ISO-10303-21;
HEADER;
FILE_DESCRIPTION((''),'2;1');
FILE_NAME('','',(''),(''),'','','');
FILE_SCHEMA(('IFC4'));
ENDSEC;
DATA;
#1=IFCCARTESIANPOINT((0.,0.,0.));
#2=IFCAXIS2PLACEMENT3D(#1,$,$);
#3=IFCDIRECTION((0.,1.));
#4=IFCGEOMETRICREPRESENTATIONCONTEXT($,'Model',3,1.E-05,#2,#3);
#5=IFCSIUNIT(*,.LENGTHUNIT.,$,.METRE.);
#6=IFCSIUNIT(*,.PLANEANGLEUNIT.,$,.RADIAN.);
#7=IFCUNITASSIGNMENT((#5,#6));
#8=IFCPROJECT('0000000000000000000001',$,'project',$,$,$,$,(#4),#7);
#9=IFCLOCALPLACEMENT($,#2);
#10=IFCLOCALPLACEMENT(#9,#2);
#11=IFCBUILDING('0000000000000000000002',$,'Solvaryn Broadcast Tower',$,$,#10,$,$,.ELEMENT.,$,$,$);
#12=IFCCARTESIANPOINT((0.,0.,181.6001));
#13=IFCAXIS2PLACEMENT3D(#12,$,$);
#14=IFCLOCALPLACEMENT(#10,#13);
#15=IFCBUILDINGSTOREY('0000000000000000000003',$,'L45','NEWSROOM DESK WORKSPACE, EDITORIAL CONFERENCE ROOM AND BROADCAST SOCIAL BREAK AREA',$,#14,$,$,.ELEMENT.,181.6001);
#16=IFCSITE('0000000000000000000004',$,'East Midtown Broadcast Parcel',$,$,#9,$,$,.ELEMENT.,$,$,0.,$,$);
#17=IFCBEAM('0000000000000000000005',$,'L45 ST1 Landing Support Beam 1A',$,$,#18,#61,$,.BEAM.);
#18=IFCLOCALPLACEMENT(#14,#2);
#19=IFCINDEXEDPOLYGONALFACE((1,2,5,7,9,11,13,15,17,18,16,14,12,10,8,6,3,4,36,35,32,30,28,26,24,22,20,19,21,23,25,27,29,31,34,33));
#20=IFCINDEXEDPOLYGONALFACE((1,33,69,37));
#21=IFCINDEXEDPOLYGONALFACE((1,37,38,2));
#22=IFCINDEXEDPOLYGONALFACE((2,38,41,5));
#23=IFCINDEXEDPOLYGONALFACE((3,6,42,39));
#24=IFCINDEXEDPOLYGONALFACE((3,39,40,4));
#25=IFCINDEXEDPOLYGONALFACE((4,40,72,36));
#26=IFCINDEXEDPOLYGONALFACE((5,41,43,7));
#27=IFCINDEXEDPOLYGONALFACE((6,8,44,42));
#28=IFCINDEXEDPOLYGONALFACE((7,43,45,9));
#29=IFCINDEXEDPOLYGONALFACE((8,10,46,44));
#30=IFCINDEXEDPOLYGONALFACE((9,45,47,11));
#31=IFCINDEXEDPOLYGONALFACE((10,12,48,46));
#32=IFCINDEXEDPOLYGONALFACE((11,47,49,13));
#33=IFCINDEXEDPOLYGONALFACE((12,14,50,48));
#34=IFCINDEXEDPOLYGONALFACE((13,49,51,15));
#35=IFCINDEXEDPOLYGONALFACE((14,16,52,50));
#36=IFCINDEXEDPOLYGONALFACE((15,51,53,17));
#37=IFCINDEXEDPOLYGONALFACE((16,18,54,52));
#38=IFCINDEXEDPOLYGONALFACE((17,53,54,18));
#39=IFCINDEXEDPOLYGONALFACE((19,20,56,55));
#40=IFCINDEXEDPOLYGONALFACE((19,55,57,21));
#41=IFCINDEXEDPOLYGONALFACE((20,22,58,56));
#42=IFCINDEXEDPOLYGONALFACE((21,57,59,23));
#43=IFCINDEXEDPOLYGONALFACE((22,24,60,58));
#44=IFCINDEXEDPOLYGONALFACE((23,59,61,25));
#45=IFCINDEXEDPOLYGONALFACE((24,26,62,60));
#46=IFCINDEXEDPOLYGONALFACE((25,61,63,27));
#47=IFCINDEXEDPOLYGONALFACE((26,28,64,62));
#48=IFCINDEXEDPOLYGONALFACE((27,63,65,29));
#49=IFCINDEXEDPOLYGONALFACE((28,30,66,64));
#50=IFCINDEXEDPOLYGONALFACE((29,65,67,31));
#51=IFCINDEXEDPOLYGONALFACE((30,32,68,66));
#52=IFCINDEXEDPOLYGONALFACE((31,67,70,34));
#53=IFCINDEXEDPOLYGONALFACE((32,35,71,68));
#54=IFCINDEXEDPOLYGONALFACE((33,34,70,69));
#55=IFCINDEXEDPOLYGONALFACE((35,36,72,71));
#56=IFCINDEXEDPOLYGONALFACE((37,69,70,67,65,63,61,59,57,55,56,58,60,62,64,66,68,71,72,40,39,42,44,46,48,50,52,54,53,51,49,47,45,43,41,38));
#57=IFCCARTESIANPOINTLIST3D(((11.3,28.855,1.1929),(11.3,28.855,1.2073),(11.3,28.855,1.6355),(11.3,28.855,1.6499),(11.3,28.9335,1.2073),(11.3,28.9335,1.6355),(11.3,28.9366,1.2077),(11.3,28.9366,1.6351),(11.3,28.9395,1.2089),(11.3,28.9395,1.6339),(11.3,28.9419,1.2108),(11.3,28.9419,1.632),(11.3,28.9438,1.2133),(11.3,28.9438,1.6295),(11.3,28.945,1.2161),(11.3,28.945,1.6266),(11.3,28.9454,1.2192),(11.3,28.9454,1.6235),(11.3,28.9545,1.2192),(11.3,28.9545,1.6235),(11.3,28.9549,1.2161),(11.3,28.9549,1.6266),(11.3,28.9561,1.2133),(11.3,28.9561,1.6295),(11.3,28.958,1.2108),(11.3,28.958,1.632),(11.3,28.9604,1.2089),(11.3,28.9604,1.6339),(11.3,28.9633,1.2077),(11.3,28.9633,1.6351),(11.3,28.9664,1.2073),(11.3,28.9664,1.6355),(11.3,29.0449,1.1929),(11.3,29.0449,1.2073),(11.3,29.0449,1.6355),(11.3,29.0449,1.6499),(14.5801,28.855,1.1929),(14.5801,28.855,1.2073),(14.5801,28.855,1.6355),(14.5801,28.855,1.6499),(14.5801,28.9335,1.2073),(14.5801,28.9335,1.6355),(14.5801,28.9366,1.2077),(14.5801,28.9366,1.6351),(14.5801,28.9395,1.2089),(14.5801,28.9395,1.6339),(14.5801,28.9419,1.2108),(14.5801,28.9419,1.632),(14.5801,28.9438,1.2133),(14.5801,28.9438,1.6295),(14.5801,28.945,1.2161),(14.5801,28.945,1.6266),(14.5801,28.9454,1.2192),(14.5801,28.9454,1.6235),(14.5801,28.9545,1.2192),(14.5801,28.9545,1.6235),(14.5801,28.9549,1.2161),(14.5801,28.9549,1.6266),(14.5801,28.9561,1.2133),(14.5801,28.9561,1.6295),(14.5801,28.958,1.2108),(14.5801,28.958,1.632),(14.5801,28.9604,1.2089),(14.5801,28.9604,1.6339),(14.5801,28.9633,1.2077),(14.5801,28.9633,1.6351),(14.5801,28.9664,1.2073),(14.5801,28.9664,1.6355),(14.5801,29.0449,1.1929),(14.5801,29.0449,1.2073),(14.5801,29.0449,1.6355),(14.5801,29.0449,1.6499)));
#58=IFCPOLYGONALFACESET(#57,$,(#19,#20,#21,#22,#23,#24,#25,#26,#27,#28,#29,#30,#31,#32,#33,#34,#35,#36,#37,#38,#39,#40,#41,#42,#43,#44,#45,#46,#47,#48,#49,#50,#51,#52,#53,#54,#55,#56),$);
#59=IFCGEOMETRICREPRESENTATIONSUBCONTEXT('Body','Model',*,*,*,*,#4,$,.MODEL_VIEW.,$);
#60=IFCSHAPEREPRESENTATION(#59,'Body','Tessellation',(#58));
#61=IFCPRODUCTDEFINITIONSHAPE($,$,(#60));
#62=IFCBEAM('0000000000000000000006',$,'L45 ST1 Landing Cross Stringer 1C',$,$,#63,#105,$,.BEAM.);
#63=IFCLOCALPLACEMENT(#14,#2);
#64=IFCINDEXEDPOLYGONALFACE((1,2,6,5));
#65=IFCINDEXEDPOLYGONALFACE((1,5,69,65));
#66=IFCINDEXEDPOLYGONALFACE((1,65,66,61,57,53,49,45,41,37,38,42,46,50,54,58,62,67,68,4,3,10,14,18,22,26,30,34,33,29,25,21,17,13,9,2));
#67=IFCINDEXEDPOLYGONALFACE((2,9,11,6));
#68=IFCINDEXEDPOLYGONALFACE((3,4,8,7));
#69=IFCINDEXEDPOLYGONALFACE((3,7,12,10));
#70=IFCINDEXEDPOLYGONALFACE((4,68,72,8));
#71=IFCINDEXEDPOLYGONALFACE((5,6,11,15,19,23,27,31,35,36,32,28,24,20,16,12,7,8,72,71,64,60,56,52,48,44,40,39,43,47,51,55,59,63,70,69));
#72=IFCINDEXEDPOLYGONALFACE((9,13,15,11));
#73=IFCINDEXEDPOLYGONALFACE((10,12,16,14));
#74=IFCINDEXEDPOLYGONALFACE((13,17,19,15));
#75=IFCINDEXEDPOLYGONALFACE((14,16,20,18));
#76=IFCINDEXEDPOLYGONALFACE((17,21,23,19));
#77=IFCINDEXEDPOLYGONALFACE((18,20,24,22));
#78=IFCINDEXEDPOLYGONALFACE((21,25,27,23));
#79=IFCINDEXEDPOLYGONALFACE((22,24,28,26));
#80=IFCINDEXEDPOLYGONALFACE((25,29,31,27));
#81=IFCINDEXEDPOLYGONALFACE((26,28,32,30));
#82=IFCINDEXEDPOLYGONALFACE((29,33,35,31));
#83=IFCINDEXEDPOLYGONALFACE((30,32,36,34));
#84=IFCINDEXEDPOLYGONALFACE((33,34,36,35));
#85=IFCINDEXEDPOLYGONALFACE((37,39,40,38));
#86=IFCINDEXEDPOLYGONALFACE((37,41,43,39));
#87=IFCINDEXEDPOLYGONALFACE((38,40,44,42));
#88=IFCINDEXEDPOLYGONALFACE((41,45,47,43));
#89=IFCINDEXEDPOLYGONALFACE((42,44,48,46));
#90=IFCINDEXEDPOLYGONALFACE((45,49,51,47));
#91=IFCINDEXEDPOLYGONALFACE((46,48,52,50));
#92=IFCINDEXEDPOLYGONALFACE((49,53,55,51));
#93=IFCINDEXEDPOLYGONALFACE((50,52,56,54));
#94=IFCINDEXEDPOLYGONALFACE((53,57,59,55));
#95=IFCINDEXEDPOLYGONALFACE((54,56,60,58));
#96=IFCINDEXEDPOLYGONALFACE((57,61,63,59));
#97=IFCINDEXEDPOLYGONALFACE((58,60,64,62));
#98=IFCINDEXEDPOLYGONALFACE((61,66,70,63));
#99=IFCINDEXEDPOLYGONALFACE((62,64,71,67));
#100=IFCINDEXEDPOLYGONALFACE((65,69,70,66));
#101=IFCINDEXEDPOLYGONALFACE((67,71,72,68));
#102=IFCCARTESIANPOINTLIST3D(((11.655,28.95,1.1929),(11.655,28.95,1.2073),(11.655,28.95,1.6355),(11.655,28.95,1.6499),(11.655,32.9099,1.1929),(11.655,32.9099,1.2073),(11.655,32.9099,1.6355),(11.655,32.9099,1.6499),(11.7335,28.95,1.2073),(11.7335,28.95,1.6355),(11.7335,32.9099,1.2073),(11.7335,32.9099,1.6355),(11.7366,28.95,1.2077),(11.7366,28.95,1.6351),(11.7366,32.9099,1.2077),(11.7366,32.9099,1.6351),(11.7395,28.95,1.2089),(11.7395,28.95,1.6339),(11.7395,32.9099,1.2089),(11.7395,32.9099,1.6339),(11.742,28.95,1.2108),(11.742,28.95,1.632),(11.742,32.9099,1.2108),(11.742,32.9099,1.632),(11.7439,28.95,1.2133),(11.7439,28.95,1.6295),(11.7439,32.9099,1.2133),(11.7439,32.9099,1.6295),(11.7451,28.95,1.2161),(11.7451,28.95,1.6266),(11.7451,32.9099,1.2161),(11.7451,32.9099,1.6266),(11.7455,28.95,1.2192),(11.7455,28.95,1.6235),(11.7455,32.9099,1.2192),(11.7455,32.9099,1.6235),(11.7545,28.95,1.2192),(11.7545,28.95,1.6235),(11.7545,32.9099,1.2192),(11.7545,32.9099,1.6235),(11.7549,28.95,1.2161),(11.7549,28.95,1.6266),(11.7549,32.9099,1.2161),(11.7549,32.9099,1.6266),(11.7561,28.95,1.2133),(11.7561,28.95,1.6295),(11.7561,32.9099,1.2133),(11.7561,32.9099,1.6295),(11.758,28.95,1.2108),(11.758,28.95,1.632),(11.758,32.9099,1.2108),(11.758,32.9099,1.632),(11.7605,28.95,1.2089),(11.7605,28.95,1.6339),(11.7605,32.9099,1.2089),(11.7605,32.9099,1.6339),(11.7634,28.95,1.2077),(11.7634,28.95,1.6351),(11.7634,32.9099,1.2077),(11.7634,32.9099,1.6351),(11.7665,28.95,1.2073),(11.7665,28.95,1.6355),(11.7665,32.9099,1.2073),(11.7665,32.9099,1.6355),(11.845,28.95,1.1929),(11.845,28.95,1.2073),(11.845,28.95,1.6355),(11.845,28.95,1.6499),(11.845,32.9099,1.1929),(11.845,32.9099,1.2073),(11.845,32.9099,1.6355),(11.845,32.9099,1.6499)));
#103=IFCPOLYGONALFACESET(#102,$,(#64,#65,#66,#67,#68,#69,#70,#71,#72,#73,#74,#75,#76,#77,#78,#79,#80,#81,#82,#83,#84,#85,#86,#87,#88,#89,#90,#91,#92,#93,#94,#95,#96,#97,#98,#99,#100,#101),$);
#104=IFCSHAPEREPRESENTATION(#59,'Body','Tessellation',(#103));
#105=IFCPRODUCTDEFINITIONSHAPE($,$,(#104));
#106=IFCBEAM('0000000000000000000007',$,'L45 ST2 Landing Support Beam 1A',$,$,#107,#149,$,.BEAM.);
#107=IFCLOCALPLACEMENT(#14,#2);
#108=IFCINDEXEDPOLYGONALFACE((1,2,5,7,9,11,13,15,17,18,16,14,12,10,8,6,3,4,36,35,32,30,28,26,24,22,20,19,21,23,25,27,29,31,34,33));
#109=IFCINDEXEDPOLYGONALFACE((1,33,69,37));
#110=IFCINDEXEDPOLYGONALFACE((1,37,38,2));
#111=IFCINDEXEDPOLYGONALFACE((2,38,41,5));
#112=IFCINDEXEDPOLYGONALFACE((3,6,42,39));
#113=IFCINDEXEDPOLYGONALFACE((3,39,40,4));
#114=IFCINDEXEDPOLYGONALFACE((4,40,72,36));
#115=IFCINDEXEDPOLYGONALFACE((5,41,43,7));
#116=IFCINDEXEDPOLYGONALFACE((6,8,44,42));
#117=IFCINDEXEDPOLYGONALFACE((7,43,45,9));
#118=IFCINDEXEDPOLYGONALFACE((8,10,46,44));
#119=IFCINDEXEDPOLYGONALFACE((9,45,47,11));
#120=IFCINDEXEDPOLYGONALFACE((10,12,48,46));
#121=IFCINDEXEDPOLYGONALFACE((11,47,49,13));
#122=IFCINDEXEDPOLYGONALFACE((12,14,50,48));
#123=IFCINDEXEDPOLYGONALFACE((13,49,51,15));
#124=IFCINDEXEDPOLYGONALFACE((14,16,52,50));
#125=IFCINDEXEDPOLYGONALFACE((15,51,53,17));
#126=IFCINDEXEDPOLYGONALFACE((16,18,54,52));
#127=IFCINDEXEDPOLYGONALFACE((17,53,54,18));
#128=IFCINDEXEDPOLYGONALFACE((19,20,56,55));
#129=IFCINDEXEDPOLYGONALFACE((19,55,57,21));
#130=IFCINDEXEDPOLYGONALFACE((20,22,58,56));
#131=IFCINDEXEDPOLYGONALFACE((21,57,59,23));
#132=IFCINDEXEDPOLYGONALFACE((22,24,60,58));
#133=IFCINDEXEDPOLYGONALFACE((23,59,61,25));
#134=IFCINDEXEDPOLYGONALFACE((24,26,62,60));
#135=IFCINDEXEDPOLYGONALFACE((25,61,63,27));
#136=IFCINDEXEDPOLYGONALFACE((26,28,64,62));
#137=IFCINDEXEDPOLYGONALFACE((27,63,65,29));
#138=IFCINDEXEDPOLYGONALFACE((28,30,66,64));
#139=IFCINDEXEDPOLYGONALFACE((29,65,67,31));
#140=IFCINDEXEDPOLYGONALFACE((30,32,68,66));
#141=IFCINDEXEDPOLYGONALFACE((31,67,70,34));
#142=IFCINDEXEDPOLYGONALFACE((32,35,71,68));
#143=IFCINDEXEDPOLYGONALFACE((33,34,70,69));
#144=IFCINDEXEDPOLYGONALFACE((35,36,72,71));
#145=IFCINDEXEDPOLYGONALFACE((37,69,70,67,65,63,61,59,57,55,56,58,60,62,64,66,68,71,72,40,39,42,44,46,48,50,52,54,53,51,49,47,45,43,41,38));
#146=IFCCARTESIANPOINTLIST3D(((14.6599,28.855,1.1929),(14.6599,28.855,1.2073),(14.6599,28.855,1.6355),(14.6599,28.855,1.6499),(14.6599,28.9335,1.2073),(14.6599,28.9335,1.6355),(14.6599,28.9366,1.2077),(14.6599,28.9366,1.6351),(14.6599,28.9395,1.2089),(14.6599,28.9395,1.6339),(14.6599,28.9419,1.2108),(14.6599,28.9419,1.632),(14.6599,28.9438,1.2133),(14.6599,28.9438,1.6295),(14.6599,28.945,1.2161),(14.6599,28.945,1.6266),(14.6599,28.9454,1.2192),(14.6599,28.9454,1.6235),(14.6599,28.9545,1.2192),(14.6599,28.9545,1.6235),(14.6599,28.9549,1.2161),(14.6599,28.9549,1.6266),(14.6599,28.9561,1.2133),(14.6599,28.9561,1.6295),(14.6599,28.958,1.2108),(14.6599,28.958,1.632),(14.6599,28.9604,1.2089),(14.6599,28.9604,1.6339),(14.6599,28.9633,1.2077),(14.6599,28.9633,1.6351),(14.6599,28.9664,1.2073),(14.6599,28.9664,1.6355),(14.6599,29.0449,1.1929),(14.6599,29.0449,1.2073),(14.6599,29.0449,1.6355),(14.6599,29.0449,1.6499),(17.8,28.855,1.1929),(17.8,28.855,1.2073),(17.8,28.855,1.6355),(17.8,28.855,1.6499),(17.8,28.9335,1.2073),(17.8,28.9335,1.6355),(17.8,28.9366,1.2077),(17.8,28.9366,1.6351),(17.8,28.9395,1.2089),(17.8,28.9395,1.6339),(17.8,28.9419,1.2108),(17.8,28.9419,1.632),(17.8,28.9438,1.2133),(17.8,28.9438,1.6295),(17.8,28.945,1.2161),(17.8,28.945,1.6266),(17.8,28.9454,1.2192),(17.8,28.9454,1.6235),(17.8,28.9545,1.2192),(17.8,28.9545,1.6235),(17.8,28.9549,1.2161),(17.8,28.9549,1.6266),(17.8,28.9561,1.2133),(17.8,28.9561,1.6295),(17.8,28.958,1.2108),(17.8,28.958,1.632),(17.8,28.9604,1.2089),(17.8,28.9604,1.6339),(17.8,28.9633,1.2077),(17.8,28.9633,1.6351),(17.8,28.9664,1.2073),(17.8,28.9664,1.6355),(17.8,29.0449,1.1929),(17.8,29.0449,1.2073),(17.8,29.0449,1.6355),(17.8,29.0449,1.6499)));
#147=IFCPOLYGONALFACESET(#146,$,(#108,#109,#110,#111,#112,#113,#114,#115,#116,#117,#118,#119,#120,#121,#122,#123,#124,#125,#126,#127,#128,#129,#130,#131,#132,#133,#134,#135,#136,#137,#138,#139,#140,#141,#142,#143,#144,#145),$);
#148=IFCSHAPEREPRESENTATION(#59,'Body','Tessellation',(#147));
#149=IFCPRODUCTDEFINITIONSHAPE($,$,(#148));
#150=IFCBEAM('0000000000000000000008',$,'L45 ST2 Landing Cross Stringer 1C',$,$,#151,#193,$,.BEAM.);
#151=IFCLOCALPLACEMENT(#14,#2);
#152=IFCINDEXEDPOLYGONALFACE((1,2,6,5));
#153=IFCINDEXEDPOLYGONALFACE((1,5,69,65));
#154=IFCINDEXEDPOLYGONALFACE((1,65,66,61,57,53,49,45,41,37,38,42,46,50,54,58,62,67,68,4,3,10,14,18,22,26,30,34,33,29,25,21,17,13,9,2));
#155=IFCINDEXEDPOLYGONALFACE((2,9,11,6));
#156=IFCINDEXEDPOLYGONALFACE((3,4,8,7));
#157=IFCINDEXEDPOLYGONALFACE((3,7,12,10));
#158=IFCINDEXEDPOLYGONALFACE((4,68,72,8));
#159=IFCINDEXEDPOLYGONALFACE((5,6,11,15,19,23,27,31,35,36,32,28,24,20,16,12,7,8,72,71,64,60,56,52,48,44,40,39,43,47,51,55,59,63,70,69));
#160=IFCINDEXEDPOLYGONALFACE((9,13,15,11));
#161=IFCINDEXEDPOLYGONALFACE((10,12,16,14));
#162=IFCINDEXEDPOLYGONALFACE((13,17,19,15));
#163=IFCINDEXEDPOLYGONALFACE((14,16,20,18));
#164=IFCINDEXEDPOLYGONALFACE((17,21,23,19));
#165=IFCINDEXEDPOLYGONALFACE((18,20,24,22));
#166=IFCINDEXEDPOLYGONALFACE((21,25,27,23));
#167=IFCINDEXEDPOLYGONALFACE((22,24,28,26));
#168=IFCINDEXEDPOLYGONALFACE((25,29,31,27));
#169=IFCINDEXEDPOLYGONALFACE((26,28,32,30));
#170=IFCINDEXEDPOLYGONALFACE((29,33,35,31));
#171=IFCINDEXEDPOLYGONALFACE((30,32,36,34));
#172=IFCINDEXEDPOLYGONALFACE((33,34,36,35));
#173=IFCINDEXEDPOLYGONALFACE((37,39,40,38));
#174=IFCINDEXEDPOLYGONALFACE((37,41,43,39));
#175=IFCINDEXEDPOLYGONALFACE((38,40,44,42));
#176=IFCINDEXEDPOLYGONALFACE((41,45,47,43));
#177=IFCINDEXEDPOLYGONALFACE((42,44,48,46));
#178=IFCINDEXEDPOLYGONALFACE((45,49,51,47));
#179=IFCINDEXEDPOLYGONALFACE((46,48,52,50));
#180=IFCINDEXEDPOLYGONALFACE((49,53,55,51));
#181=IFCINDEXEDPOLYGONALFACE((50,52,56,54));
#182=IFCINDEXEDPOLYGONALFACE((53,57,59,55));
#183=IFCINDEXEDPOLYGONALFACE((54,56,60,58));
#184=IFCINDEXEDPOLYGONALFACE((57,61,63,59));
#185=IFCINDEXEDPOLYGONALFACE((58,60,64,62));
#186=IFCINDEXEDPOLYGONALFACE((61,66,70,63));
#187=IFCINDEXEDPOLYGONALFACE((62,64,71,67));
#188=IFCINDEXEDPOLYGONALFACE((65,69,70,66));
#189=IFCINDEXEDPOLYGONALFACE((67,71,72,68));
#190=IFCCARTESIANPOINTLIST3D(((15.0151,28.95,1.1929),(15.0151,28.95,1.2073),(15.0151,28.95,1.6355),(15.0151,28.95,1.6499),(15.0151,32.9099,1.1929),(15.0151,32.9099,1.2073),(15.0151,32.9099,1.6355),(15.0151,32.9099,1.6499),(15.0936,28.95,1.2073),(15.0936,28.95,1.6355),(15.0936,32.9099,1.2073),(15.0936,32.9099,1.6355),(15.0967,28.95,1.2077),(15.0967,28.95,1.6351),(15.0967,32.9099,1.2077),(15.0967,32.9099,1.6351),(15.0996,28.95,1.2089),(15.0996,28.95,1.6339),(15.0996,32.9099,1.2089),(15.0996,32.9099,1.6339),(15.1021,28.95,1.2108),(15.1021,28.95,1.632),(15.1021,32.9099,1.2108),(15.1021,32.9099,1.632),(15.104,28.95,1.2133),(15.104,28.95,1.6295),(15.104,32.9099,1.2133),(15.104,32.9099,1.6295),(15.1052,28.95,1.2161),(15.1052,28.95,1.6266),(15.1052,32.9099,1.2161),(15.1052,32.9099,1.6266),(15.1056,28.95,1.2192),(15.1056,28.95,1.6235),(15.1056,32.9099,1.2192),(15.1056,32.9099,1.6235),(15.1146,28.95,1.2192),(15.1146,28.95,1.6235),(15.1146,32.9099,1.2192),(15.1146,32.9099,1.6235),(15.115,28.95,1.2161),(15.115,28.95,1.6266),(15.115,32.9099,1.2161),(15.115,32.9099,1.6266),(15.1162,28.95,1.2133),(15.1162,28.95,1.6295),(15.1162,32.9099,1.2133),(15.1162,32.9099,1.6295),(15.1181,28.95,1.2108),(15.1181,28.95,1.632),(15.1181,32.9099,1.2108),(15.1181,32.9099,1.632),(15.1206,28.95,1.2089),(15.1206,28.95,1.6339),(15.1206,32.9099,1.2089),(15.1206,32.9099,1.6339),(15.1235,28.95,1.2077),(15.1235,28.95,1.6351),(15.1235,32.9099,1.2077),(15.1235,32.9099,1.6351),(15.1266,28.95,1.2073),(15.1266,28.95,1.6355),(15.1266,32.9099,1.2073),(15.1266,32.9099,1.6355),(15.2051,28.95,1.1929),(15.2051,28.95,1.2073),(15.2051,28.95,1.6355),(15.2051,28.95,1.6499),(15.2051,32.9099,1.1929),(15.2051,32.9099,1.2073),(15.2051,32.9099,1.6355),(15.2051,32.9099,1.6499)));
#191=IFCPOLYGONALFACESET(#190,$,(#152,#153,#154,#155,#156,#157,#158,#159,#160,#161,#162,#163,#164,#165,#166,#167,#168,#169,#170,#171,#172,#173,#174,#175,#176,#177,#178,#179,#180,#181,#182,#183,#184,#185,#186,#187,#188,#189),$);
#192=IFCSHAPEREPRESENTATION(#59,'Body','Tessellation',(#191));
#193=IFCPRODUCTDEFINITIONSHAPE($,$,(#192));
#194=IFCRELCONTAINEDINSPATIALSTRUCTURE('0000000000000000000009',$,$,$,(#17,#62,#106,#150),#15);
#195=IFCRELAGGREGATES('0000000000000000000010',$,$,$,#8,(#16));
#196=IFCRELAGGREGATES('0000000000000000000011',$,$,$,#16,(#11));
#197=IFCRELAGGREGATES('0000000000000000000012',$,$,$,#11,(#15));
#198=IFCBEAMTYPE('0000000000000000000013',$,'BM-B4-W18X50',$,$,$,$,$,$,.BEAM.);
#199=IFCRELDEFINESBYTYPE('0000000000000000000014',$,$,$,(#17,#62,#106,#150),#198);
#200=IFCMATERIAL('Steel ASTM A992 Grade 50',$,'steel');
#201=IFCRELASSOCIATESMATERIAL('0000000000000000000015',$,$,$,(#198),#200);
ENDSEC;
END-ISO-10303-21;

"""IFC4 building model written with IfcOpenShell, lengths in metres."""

from ifc_helpers import new_model, si_unit, direction, frame, origin, origin_2d, place, context, subcontext, project, spatial, i_section, extrude, material, material_profile, profile_set, type_object, element, save


model = new_model("IFC4")

# Units and contexts
model_context = context("Model", 3, precision=1e-05, world=origin(), true_north=direction((0.0, 1.0)))
body_context = subcontext(model_context, "Body", "Model", "MODEL_VIEW")
ifc_project = project(units=[si_unit("LENGTHUNIT", "METRE"), si_unit("PLANEANGLEUNIT", "RADIAN")], contexts=[model_context])

# Site, building, storey
site_placement = place(None, origin())
site = spatial("IfcSite", under=ifc_project, at=site_placement, Name="East Midtown Broadcast Parcel", CompositionType="ELEMENT", RefElevation=0.0)
building_placement = place(site_placement, origin())
building = spatial("IfcBuilding", under=site, at=building_placement, Name="Solvaryn Broadcast Tower", CompositionType="ELEMENT")
storey_placement = place(building_placement, frame((0.0, 0.0, 181.6001)))
storey = spatial("IfcBuildingStorey", under=building, at=storey_placement, Name="L45", Description="NEWSROOM DESK WORKSPACE, EDITORIAL CONFERENCE ROOM AND BROADCAST SOCIAL BREAK AREA", CompositionType="ELEMENT", Elevation=181.6001)

# Beams
ifc_material_1 = material(Name="Steel ASTM A992 Grade 50", Category="steel")
ifc_material_profile_1 = material_profile(ifc_material_1, i_section(OverallWidth=0.1899, OverallDepth=0.457, WebThickness=0.009, FlangeThickness=0.0144, FilletRadius=0.012, at=origin_2d()))
ifc_profile_set_1 = profile_set([ifc_material_profile_1], Name="Steel ASTM A992 Grade 50")
beam_type_1 = type_object("IfcBeamType", Name="BM-B4-W18X50", PredefinedType="BEAM", material=ifc_profile_set_1)
beam_1_placement = place(storey_placement, frame((11.3, 28.95, 1.4214), z_axis=(1.0, 0.0, 0.0), x_axis=(0.0, 1.0, 0.0)))
element("IfcBeam", 1, at=beam_1_placement, inside=storey, type_object=beam_type_1, Name="L45 ST1 Landing Support Beam 1A", PredefinedType="BEAM", context=body_context, shape_type="SweptSolid", body=[
    extrude(i_section(OverallWidth=0.1899, OverallDepth=0.457, WebThickness=0.009, FlangeThickness=0.0144, FilletRadius=0.012, at=origin_2d()), origin(), (0.0, 0.0, 1.0), 3.28),
])
beam_2_placement = place(storey_placement, frame((11.75, 28.95, 1.4214), z_axis=(0.0, 1.0, 0.0), x_axis=(-1.0, 0.0, 0.0)))
element("IfcBeam", 2, at=beam_2_placement, inside=storey, type_object=beam_type_1, Name="L45 ST1 Landing Cross Stringer 1C", PredefinedType="BEAM", context=body_context, shape_type="SweptSolid", body=[
    extrude(i_section(OverallWidth=0.1899, OverallDepth=0.457, WebThickness=0.009, FlangeThickness=0.0144, FilletRadius=0.012, at=origin_2d()), origin(), (0.0, 0.0, 1.0), 3.96),
])
beam_3_placement = place(storey_placement, frame((14.6599, 28.95, 1.4214), z_axis=(1.0, 0.0, 0.0), x_axis=(0.0, 1.0, 0.0)))
element("IfcBeam", 3, at=beam_3_placement, inside=storey, type_object=beam_type_1, Name="L45 ST2 Landing Support Beam 1A", PredefinedType="BEAM", context=body_context, shape_type="SweptSolid", body=[
    extrude(i_section(OverallWidth=0.1899, OverallDepth=0.457, WebThickness=0.009, FlangeThickness=0.0144, FilletRadius=0.012, at=origin_2d()), origin(), (0.0, 0.0, 1.0), 3.1401),
])
beam_4_placement = place(storey_placement, frame((15.1101, 28.95, 1.4214), z_axis=(0.0, 1.0, 0.0), x_axis=(-1.0, 0.0, 0.0)))
element("IfcBeam", 4, at=beam_4_placement, inside=storey, type_object=beam_type_1, Name="L45 ST2 Landing Cross Stringer 1C", PredefinedType="BEAM", context=body_context, shape_type="SweptSolid", body=[
    extrude(i_section(OverallWidth=0.1899, OverallDepth=0.457, WebThickness=0.009, FlangeThickness=0.0144, FilletRadius=0.012, at=origin_2d()), origin(), (0.0, 0.0, 1.0), 3.96),
])

save(model, "model.ifc")
